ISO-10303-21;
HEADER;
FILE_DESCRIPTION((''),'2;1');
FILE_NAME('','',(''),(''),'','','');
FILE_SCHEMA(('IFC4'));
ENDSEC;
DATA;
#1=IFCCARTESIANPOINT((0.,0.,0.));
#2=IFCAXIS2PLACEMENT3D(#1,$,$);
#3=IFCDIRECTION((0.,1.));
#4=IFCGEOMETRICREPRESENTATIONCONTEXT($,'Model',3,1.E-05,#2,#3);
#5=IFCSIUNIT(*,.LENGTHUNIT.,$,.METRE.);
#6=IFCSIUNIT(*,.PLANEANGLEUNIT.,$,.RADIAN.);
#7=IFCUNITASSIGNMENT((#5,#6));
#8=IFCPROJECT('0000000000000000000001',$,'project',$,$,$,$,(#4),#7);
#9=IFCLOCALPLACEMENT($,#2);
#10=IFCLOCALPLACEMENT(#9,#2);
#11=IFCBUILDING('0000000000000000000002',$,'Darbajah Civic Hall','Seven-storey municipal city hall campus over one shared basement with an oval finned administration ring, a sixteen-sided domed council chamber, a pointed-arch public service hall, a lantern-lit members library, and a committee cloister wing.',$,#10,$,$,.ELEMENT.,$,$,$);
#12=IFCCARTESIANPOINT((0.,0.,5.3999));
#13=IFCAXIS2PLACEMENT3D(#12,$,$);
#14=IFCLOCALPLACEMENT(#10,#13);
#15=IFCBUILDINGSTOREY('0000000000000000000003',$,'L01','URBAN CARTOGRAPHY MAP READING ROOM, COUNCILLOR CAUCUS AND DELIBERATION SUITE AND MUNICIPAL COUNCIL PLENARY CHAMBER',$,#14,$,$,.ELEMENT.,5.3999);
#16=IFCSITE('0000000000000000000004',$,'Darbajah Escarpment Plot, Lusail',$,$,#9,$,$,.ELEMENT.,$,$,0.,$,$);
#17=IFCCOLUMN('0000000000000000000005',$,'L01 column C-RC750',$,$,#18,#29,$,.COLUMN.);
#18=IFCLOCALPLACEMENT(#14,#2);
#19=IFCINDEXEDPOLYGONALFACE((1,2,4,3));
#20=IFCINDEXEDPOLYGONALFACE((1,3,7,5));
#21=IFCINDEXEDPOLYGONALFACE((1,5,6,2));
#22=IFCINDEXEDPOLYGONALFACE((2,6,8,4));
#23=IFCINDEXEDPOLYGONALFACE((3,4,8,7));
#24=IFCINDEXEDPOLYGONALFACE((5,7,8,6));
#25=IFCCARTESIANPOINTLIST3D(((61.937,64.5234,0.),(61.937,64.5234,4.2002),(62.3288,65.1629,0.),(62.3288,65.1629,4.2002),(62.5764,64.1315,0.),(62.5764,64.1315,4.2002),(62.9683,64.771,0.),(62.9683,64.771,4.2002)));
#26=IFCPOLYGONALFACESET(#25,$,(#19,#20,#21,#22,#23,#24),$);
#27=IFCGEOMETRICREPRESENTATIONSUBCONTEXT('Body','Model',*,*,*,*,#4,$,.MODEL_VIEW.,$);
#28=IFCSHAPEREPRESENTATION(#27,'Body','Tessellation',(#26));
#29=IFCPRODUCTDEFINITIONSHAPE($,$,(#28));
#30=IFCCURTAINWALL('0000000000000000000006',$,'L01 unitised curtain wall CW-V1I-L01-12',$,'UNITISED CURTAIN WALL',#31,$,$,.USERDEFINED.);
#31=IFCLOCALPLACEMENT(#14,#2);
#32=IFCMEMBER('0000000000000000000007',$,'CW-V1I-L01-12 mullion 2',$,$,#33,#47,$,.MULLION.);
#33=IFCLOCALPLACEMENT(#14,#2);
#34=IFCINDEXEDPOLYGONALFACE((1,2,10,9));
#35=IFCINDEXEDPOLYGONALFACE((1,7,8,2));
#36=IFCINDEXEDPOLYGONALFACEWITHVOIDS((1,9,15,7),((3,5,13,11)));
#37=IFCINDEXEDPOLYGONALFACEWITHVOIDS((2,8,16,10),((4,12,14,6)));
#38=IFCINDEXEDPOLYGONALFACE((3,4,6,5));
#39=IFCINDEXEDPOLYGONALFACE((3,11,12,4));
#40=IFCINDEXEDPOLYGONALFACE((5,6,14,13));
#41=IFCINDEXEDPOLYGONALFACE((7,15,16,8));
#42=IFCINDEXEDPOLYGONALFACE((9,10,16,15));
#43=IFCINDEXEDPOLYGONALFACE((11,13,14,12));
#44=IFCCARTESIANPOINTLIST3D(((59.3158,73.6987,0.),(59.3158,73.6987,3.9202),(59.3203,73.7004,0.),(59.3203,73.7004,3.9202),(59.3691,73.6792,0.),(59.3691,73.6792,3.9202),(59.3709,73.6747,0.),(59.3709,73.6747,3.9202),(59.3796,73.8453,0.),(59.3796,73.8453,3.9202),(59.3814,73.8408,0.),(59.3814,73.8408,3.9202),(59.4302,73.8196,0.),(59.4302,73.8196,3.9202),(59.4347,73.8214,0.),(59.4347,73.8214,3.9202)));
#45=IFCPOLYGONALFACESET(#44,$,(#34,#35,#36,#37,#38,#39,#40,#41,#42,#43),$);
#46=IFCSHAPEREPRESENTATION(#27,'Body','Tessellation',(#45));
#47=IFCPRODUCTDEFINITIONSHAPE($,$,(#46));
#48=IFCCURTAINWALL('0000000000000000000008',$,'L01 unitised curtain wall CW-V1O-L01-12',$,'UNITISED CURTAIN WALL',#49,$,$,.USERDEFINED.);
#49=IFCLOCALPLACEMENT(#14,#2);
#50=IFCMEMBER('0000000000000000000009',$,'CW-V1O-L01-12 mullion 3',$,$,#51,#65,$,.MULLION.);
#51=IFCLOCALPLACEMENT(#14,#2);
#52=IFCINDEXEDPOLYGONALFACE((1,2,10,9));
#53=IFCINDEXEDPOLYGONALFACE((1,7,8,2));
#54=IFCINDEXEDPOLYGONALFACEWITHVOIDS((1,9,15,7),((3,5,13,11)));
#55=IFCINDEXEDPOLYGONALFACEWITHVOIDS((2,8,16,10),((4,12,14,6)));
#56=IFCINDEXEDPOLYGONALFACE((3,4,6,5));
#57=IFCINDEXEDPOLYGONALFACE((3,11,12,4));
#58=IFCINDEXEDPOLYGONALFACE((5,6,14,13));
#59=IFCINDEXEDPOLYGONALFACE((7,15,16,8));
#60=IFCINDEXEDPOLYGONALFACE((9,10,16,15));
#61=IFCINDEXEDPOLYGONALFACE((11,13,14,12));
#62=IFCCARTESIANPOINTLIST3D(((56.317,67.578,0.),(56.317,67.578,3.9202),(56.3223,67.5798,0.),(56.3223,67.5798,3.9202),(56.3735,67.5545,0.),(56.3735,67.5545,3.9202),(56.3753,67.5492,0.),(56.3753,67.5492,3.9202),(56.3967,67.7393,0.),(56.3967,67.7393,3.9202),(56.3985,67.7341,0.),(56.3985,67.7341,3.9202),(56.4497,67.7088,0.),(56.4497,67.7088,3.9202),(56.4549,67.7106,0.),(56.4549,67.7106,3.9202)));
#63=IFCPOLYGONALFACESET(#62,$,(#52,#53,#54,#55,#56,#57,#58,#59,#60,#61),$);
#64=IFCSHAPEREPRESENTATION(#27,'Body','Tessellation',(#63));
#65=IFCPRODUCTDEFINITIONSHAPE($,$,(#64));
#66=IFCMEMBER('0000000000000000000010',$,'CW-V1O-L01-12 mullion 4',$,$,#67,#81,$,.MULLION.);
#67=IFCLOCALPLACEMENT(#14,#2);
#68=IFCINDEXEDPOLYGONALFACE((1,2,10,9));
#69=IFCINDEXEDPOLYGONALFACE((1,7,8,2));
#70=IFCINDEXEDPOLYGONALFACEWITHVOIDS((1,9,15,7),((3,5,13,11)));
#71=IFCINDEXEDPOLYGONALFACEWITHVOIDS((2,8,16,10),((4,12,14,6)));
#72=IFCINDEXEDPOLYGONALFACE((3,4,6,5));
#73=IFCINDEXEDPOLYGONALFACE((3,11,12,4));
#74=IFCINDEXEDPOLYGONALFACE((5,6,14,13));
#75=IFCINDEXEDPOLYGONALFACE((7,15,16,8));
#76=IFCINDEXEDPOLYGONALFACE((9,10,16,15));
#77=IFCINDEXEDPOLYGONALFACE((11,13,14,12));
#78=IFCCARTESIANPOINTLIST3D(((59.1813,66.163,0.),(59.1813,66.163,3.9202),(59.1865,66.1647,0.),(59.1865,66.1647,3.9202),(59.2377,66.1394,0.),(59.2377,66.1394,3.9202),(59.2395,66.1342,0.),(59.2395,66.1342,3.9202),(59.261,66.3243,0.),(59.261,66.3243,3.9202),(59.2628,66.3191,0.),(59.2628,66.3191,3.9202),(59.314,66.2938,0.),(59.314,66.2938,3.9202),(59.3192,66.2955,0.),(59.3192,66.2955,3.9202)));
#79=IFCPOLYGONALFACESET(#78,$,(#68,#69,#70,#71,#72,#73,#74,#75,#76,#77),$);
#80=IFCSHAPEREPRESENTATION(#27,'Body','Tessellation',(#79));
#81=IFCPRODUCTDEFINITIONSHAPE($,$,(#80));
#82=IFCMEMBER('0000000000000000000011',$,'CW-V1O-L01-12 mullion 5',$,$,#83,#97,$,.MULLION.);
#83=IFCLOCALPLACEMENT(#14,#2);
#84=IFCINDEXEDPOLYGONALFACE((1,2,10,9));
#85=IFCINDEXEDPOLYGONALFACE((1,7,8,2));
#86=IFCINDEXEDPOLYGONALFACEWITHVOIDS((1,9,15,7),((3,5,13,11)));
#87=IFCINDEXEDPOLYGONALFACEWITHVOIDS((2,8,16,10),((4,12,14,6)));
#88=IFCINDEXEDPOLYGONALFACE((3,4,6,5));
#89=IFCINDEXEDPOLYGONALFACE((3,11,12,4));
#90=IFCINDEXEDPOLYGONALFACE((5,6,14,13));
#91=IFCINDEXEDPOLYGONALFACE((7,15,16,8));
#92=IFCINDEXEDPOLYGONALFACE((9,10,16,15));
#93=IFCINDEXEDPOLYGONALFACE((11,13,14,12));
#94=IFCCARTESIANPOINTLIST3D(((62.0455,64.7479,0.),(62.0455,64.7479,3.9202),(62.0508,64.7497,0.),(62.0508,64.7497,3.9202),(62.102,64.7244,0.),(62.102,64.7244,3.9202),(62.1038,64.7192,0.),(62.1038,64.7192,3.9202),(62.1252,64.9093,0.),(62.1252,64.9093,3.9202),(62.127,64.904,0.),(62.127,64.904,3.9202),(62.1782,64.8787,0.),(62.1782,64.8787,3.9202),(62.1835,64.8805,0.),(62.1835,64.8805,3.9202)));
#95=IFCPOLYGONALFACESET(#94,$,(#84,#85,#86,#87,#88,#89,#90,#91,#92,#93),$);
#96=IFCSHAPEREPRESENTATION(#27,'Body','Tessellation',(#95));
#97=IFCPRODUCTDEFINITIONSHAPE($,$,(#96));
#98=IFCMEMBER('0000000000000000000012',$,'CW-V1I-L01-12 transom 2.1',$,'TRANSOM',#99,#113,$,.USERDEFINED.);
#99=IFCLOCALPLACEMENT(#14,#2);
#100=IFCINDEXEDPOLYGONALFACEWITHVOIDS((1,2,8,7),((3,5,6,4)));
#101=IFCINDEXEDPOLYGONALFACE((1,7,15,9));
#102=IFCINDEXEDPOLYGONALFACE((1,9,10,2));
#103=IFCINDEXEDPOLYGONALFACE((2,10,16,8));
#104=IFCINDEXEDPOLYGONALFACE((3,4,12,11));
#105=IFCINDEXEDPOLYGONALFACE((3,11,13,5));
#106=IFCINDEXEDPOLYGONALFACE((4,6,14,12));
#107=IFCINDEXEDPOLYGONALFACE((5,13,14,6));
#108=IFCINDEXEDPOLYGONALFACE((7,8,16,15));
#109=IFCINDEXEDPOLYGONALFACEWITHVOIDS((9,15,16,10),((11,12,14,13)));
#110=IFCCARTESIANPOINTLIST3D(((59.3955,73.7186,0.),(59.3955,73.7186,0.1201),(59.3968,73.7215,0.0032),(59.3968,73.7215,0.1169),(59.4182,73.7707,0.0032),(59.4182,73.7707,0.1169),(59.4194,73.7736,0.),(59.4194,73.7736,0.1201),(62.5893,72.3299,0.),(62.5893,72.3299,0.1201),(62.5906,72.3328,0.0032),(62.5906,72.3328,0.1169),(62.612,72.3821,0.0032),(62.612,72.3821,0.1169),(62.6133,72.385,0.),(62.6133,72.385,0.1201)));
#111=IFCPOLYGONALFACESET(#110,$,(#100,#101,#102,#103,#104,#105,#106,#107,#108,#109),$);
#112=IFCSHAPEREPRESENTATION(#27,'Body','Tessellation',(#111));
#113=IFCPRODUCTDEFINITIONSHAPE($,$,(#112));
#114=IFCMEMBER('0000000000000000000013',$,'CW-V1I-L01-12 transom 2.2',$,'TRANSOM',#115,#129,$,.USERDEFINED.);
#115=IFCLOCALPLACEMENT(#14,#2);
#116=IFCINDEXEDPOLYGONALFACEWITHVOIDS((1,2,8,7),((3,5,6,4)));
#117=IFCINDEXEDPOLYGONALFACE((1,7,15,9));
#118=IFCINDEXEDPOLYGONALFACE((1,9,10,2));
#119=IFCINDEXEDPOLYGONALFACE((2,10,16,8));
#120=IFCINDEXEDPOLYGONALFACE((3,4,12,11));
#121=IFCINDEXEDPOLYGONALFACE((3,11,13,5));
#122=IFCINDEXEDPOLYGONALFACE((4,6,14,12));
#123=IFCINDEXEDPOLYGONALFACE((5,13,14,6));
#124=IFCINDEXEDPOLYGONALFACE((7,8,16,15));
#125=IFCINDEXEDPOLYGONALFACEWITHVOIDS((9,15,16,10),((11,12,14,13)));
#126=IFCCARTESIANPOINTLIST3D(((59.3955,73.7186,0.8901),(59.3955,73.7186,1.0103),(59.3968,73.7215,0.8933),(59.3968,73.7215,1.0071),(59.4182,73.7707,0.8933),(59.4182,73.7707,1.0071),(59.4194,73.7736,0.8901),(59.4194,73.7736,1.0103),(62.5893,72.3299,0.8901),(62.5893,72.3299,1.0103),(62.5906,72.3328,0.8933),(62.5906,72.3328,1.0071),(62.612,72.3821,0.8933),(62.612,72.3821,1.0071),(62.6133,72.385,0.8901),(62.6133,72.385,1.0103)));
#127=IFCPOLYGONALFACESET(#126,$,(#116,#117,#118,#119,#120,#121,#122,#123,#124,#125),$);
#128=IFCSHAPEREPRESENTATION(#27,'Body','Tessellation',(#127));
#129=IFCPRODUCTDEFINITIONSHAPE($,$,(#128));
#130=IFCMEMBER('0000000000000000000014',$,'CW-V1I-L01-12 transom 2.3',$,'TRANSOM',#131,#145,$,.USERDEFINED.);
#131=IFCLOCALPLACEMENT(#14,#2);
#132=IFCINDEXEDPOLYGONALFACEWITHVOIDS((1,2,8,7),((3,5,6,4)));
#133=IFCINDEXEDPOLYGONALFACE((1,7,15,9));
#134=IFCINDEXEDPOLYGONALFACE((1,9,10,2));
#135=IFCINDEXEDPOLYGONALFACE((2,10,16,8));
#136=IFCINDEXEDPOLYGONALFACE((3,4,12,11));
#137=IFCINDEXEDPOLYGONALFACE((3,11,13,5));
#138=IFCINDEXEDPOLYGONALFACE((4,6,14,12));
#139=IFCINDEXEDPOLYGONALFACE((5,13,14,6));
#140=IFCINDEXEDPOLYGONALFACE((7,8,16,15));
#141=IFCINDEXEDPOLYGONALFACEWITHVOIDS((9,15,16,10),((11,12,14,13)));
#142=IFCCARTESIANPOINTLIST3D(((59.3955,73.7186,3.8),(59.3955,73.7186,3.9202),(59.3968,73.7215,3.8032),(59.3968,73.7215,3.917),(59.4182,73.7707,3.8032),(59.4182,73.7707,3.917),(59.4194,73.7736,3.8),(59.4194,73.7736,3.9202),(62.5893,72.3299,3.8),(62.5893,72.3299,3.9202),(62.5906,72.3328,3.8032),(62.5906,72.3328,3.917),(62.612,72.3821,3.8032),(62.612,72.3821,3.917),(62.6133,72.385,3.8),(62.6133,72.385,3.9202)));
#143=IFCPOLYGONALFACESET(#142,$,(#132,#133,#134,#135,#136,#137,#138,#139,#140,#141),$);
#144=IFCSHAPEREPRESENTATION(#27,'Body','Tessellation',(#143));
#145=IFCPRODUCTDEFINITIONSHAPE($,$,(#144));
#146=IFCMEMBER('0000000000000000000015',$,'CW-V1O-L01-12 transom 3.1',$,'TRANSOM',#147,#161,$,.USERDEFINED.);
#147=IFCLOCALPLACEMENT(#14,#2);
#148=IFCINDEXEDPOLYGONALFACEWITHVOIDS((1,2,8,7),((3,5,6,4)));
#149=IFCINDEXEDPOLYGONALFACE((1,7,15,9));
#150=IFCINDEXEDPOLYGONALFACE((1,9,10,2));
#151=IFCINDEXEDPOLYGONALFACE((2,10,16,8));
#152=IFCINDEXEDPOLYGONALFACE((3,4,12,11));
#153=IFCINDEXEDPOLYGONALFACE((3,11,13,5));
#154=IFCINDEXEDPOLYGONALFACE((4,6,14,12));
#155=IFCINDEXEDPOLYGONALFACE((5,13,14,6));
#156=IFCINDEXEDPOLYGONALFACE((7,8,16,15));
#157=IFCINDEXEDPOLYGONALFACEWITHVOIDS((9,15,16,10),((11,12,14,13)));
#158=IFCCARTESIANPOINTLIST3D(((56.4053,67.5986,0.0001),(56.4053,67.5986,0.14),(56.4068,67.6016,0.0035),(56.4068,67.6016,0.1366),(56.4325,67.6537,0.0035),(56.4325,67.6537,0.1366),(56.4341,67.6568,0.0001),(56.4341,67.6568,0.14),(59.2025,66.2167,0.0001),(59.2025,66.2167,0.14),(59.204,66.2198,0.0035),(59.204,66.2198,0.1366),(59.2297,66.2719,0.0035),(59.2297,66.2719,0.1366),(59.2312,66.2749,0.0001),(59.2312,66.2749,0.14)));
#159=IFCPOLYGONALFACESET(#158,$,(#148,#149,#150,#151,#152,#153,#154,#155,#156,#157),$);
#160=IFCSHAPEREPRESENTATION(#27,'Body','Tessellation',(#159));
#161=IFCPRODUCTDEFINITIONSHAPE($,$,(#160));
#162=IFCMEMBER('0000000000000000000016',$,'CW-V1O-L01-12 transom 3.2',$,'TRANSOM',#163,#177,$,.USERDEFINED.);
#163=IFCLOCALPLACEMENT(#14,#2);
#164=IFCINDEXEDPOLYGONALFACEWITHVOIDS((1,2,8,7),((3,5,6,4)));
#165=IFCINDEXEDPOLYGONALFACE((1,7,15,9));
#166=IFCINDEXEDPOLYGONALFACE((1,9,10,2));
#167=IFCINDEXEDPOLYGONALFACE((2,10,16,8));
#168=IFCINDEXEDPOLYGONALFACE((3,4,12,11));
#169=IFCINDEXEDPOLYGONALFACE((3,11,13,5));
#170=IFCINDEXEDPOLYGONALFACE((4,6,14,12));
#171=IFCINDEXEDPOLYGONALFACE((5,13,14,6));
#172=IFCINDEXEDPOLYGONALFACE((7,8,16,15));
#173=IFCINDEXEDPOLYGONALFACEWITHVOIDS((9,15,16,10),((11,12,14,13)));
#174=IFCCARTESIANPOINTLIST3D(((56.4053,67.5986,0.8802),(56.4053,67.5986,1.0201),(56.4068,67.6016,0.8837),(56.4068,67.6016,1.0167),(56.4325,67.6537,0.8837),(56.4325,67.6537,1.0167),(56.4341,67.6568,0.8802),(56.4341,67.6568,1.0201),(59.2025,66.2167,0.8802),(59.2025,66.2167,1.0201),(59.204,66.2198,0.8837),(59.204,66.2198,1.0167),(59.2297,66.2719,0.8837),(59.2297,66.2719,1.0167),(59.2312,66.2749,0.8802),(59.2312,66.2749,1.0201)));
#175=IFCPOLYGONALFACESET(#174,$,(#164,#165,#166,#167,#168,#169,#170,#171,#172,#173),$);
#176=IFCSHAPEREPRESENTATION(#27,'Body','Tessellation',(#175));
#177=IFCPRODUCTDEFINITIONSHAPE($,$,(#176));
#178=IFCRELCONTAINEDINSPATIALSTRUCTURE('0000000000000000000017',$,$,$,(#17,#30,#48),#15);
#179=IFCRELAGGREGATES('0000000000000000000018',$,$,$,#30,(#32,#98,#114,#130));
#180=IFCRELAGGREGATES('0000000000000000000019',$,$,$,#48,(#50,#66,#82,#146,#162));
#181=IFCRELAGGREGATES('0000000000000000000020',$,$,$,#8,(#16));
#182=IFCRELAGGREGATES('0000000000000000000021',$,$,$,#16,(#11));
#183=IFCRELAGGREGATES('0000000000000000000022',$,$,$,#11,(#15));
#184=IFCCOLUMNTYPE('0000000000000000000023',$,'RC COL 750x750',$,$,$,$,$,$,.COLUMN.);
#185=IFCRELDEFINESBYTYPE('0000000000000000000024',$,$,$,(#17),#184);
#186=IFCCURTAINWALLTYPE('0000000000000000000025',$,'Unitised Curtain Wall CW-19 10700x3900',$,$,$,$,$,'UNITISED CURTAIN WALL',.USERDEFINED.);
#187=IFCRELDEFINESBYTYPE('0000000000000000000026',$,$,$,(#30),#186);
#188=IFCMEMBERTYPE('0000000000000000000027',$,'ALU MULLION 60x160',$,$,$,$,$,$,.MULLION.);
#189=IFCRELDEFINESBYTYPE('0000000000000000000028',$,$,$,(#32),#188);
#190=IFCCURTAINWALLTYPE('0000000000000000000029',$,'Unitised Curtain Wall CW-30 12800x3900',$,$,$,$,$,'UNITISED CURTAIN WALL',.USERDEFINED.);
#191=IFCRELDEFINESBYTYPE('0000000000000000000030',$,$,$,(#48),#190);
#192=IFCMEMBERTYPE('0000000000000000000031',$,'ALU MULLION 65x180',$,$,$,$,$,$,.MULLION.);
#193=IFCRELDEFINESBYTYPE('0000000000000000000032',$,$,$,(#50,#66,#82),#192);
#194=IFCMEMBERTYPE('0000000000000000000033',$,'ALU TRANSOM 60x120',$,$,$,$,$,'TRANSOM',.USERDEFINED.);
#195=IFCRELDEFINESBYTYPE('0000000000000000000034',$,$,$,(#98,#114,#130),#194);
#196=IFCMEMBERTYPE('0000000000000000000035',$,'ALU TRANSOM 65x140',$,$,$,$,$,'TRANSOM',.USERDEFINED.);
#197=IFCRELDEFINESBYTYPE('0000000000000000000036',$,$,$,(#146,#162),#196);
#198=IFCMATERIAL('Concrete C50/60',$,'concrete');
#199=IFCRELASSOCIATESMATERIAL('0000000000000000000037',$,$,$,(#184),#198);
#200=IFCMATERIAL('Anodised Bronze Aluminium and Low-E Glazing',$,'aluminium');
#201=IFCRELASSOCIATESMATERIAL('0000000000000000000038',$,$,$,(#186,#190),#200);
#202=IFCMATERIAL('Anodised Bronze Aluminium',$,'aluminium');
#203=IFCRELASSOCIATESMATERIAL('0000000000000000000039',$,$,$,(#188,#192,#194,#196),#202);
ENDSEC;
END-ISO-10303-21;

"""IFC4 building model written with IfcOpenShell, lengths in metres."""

from ifc_helpers import new_model, si_unit, direction, frame, origin, origin_2d, place, context, subcontext, project, spatial, rectangle, hollow_rectangle, extrude, material, material_profile, profile_set, type_object, element, aggregate, save


model = new_model("IFC4")

# Units and contexts
model_context = context("Model", 3, precision=1e-05, world=origin(), true_north=direction((0.0, 1.0)))
body_context = subcontext(model_context, "Body", "Model", "MODEL_VIEW")
ifc_project = project(units=[si_unit("LENGTHUNIT", "METRE"), si_unit("PLANEANGLEUNIT", "RADIAN")], contexts=[model_context])

# Site, building, storey
site_placement = place(None, origin())
site = spatial("IfcSite", under=ifc_project, at=site_placement, Name="Darbajah Escarpment Plot, Lusail", CompositionType="ELEMENT", RefElevation=0.0)
building_placement = place(site_placement, origin())
building = spatial("IfcBuilding", under=site, at=building_placement, Name="Darbajah Civic Hall", Description="Seven-storey municipal city hall campus over one shared basement with an oval finned administration ring, a sixteen-sided domed council chamber, a pointed-arch public service hall, a lantern-lit members library, and a committee cloister wing.", CompositionType="ELEMENT")
storey_placement = place(building_placement, frame((0.0, 0.0, 5.3999)))
storey = spatial("IfcBuildingStorey", under=building, at=storey_placement, Name="L01", Description="URBAN CARTOGRAPHY MAP READING ROOM, COUNCILLOR CAUCUS AND DELIBERATION SUITE AND MUNICIPAL COUNCIL PLENARY CHAMBER", CompositionType="ELEMENT", Elevation=5.3999)

# Column
ifc_material_1 = material(Name="Concrete C50/60", Category="concrete")
ifc_material_profile_1 = material_profile(ifc_material_1, rectangle(XDim=0.75, YDim=0.75, at=origin_2d()), Name="RC COL 750x750")
ifc_profile_set_1 = profile_set([ifc_material_profile_1], Name="Concrete C50/60")
column_type = type_object("IfcColumnType", Name="RC COL 750x750", PredefinedType="COLUMN", material=ifc_profile_set_1)
column_placement = place(storey_placement, frame((62.4526, 64.6472, 0.0), z_axis=(0.0, 0.0, 1.0), x_axis=(-0.522499, -0.85264, 0.0)))
element("IfcColumn", 1, at=column_placement, inside=storey, type_object=column_type, Name="L01 column C-RC750", PredefinedType="COLUMN", context=body_context, shape_type="SweptSolid", body=[
    extrude(rectangle(XDim=0.75, YDim=0.75, at=origin_2d()), origin(), (0.0, 0.0, 1.0), 4.2002),
])

# Curtain wall, member
ifc_material_2 = material(Name="Anodised Bronze Aluminium and Low-E Glazing", Category="aluminium")
curtain_wall_type_1 = type_object("IfcCurtainWallType", Name="Unitised Curtain Wall CW-19 10700x3900", ElementType="UNITISED CURTAIN WALL", PredefinedType="USERDEFINED", material=ifc_material_2)
curtain_wall_1_placement = place(storey_placement, origin())
curtain_wall_1 = element("IfcCurtainWall", 2, at=curtain_wall_1_placement, inside=storey, type_object=curtain_wall_type_1, Name="L01 unitised curtain wall CW-V1I-L01-12", ObjectType="UNITISED CURTAIN WALL", PredefinedType="USERDEFINED")
ifc_material_3 = material(Name="Anodised Bronze Aluminium", Category="aluminium")
ifc_material_profile_2 = material_profile(ifc_material_3, hollow_rectangle(XDim=0.0601, YDim=0.1599, WallThickness=0.0034, at=origin_2d()), Name="ALU MULLION 60x160")
ifc_profile_set_2 = profile_set([ifc_material_profile_2], Name="Anodised Bronze Aluminium")
member_type_1 = type_object("IfcMemberType", Name="ALU MULLION 60x160", PredefinedType="MULLION", material=ifc_profile_set_2)
member_1_placement = place(storey_placement, frame((59.3752, 73.76, 0.0), z_axis=(0.0, 0.0, 1.0), x_axis=(0.91706, -0.398749, 0.0)))
member_1 = element("IfcMember", 3, at=member_1_placement, type_object=member_type_1, Name="CW-V1I-L01-12 mullion 2", PredefinedType="MULLION", context=body_context, shape_type="SweptSolid", body=[
    extrude(hollow_rectangle(XDim=0.0601, YDim=0.1599, WallThickness=0.0034, at=origin_2d()), origin(), (0.0, 0.0, 1.0), 3.9202),
])

# Curtain wall, members
curtain_wall_type_2 = type_object("IfcCurtainWallType", Name="Unitised Curtain Wall CW-30 12800x3900", ElementType="UNITISED CURTAIN WALL", PredefinedType="USERDEFINED", material=ifc_material_2)
curtain_wall_2_placement = place(storey_placement, origin())
curtain_wall_2 = element("IfcCurtainWall", 4, at=curtain_wall_2_placement, inside=storey, type_object=curtain_wall_type_2, Name="L01 unitised curtain wall CW-V1O-L01-12", ObjectType="UNITISED CURTAIN WALL", PredefinedType="USERDEFINED")
ifc_material_profile_3 = material_profile(ifc_material_3, hollow_rectangle(XDim=0.0649, YDim=0.1799, WallThickness=0.0039, at=origin_2d()), Name="ALU MULLION 65x180")
ifc_profile_set_3 = profile_set([ifc_material_profile_3], Name="Anodised Bronze Aluminium")
member_type_2 = type_object("IfcMemberType", Name="ALU MULLION 65x180", PredefinedType="MULLION", material=ifc_profile_set_3)
member_2_placement = place(storey_placement, frame((56.386, 67.6443, 0.0), z_axis=(0.0, 0.0, 1.0), x_axis=(0.896564, -0.442915, 0.0)))
member_2 = element("IfcMember", 5, at=member_2_placement, type_object=member_type_2, Name="CW-V1O-L01-12 mullion 3", PredefinedType="MULLION", context=body_context, shape_type="SweptSolid", body=[
    extrude(hollow_rectangle(XDim=0.0649, YDim=0.1799, WallThickness=0.0039, at=origin_2d()), origin(), (0.0, 0.0, 1.0), 3.9202),
])
member_3_placement = place(storey_placement, frame((59.2502, 66.2292, 0.0), z_axis=(0.0, 0.0, 1.0), x_axis=(0.896564, -0.442915, 0.0)))
member_3 = element("IfcMember", 6, at=member_3_placement, type_object=member_type_2, Name="CW-V1O-L01-12 mullion 4", PredefinedType="MULLION", context=body_context, shape_type="SweptSolid", body=[
    extrude(hollow_rectangle(XDim=0.0649, YDim=0.1799, WallThickness=0.0039, at=origin_2d()), origin(), (0.0, 0.0, 1.0), 3.9202),
])
member_4_placement = place(storey_placement, frame((62.1145, 64.8142, 0.0), z_axis=(0.0, 0.0, 1.0), x_axis=(0.896564, -0.442915, 0.0)))
member_4 = element("IfcMember", 7, at=member_4_placement, type_object=member_type_2, Name="CW-V1O-L01-12 mullion 5", PredefinedType="MULLION", context=body_context, shape_type="SweptSolid", body=[
    extrude(hollow_rectangle(XDim=0.0649, YDim=0.1799, WallThickness=0.0039, at=origin_2d()), origin(), (0.0, 0.0, 1.0), 3.9202),
])

# Members
ifc_material_profile_4 = material_profile(ifc_material_3, hollow_rectangle(XDim=0.0601, YDim=0.1201, WallThickness=0.0032, at=origin_2d()), Name="ALU TRANSOM 60x120")
ifc_profile_set_4 = profile_set([ifc_material_profile_4], Name="Anodised Bronze Aluminium")
member_type_3 = type_object("IfcMemberType", Name="ALU TRANSOM 60x120", ElementType="TRANSOM", PredefinedType="USERDEFINED", material=ifc_profile_set_4)
member_5_placement = place(storey_placement, frame((59.4075, 73.7461, 0.0601), z_axis=(0.917066, -0.398736, 0.0), x_axis=(0.398736, 0.917066, 0.0)))
member_5 = element("IfcMember", 8, at=member_5_placement, type_object=member_type_3, Name="CW-V1I-L01-12 transom 2.1", ObjectType="TRANSOM", PredefinedType="USERDEFINED", context=body_context, shape_type="SweptSolid", body=[
    extrude(hollow_rectangle(XDim=0.0601, YDim=0.1201, WallThickness=0.0032, at=origin_2d()), origin(), (0.0, 0.0, 1.0), 3.4827),
])
member_6_placement = place(storey_placement, frame((59.4075, 73.7461, 0.9502), z_axis=(0.917066, -0.398736, 0.0), x_axis=(0.398736, 0.917066, 0.0)))
member_6 = element("IfcMember", 9, at=member_6_placement, type_object=member_type_3, Name="CW-V1I-L01-12 transom 2.2", ObjectType="TRANSOM", PredefinedType="USERDEFINED", context=body_context, shape_type="SweptSolid", body=[
    extrude(hollow_rectangle(XDim=0.0601, YDim=0.1201, WallThickness=0.0032, at=origin_2d()), origin(), (0.0, 0.0, 1.0), 3.4827),
])
member_7_placement = place(storey_placement, frame((59.4075, 73.7461, 3.8601), z_axis=(0.917066, -0.398736, 0.0), x_axis=(0.398736, 0.917066, 0.0)))
member_7 = element("IfcMember", 10, at=member_7_placement, type_object=member_type_3, Name="CW-V1I-L01-12 transom 2.3", ObjectType="TRANSOM", PredefinedType="USERDEFINED", context=body_context, shape_type="SweptSolid", body=[
    extrude(hollow_rectangle(XDim=0.0601, YDim=0.1201, WallThickness=0.0032, at=origin_2d()), origin(), (0.0, 0.0, 1.0), 3.4827),
])
ifc_material_profile_5 = material_profile(ifc_material_3, hollow_rectangle(XDim=0.0649, YDim=0.1399, WallThickness=0.0034, at=origin_2d()), Name="ALU TRANSOM 65x140")
ifc_profile_set_5 = profile_set([ifc_material_profile_5], Name="Anodised Bronze Aluminium")
member_type_4 = type_object("IfcMemberType", Name="ALU TRANSOM 65x140", ElementType="TRANSOM", PredefinedType="USERDEFINED", material=ifc_profile_set_5)
member_8_placement = place(storey_placement, frame((56.4197, 67.6277, 0.0701), z_axis=(0.896561, -0.44292, 0.0), x_axis=(0.44292, 0.896561, 0.0)))
member_8 = element("IfcMember", 11, at=member_8_placement, type_object=member_type_4, Name="CW-V1O-L01-12 transom 3.1", ObjectType="TRANSOM", PredefinedType="USERDEFINED", context=body_context, shape_type="SweptSolid", body=[
    extrude(hollow_rectangle(XDim=0.0649, YDim=0.1399, WallThickness=0.0034, at=origin_2d()), origin(), (0.0, 0.0, 1.0), 3.1199),
])
member_9_placement = place(storey_placement, frame((56.4197, 67.6277, 0.9502), z_axis=(0.896561, -0.44292, 0.0), x_axis=(0.44292, 0.896561, 0.0)))
member_9 = element("IfcMember", 12, at=member_9_placement, type_object=member_type_4, Name="CW-V1O-L01-12 transom 3.2", ObjectType="TRANSOM", PredefinedType="USERDEFINED", context=body_context, shape_type="SweptSolid", body=[
    extrude(hollow_rectangle(XDim=0.0649, YDim=0.1399, WallThickness=0.0034, at=origin_2d()), origin(), (0.0, 0.0, 1.0), 3.1199),
])

aggregate(curtain_wall_1, [member_1, member_5, member_6, member_7])
aggregate(curtain_wall_2, [member_2, member_3, member_4, member_8, member_9])

save(model, "model.ifc")
